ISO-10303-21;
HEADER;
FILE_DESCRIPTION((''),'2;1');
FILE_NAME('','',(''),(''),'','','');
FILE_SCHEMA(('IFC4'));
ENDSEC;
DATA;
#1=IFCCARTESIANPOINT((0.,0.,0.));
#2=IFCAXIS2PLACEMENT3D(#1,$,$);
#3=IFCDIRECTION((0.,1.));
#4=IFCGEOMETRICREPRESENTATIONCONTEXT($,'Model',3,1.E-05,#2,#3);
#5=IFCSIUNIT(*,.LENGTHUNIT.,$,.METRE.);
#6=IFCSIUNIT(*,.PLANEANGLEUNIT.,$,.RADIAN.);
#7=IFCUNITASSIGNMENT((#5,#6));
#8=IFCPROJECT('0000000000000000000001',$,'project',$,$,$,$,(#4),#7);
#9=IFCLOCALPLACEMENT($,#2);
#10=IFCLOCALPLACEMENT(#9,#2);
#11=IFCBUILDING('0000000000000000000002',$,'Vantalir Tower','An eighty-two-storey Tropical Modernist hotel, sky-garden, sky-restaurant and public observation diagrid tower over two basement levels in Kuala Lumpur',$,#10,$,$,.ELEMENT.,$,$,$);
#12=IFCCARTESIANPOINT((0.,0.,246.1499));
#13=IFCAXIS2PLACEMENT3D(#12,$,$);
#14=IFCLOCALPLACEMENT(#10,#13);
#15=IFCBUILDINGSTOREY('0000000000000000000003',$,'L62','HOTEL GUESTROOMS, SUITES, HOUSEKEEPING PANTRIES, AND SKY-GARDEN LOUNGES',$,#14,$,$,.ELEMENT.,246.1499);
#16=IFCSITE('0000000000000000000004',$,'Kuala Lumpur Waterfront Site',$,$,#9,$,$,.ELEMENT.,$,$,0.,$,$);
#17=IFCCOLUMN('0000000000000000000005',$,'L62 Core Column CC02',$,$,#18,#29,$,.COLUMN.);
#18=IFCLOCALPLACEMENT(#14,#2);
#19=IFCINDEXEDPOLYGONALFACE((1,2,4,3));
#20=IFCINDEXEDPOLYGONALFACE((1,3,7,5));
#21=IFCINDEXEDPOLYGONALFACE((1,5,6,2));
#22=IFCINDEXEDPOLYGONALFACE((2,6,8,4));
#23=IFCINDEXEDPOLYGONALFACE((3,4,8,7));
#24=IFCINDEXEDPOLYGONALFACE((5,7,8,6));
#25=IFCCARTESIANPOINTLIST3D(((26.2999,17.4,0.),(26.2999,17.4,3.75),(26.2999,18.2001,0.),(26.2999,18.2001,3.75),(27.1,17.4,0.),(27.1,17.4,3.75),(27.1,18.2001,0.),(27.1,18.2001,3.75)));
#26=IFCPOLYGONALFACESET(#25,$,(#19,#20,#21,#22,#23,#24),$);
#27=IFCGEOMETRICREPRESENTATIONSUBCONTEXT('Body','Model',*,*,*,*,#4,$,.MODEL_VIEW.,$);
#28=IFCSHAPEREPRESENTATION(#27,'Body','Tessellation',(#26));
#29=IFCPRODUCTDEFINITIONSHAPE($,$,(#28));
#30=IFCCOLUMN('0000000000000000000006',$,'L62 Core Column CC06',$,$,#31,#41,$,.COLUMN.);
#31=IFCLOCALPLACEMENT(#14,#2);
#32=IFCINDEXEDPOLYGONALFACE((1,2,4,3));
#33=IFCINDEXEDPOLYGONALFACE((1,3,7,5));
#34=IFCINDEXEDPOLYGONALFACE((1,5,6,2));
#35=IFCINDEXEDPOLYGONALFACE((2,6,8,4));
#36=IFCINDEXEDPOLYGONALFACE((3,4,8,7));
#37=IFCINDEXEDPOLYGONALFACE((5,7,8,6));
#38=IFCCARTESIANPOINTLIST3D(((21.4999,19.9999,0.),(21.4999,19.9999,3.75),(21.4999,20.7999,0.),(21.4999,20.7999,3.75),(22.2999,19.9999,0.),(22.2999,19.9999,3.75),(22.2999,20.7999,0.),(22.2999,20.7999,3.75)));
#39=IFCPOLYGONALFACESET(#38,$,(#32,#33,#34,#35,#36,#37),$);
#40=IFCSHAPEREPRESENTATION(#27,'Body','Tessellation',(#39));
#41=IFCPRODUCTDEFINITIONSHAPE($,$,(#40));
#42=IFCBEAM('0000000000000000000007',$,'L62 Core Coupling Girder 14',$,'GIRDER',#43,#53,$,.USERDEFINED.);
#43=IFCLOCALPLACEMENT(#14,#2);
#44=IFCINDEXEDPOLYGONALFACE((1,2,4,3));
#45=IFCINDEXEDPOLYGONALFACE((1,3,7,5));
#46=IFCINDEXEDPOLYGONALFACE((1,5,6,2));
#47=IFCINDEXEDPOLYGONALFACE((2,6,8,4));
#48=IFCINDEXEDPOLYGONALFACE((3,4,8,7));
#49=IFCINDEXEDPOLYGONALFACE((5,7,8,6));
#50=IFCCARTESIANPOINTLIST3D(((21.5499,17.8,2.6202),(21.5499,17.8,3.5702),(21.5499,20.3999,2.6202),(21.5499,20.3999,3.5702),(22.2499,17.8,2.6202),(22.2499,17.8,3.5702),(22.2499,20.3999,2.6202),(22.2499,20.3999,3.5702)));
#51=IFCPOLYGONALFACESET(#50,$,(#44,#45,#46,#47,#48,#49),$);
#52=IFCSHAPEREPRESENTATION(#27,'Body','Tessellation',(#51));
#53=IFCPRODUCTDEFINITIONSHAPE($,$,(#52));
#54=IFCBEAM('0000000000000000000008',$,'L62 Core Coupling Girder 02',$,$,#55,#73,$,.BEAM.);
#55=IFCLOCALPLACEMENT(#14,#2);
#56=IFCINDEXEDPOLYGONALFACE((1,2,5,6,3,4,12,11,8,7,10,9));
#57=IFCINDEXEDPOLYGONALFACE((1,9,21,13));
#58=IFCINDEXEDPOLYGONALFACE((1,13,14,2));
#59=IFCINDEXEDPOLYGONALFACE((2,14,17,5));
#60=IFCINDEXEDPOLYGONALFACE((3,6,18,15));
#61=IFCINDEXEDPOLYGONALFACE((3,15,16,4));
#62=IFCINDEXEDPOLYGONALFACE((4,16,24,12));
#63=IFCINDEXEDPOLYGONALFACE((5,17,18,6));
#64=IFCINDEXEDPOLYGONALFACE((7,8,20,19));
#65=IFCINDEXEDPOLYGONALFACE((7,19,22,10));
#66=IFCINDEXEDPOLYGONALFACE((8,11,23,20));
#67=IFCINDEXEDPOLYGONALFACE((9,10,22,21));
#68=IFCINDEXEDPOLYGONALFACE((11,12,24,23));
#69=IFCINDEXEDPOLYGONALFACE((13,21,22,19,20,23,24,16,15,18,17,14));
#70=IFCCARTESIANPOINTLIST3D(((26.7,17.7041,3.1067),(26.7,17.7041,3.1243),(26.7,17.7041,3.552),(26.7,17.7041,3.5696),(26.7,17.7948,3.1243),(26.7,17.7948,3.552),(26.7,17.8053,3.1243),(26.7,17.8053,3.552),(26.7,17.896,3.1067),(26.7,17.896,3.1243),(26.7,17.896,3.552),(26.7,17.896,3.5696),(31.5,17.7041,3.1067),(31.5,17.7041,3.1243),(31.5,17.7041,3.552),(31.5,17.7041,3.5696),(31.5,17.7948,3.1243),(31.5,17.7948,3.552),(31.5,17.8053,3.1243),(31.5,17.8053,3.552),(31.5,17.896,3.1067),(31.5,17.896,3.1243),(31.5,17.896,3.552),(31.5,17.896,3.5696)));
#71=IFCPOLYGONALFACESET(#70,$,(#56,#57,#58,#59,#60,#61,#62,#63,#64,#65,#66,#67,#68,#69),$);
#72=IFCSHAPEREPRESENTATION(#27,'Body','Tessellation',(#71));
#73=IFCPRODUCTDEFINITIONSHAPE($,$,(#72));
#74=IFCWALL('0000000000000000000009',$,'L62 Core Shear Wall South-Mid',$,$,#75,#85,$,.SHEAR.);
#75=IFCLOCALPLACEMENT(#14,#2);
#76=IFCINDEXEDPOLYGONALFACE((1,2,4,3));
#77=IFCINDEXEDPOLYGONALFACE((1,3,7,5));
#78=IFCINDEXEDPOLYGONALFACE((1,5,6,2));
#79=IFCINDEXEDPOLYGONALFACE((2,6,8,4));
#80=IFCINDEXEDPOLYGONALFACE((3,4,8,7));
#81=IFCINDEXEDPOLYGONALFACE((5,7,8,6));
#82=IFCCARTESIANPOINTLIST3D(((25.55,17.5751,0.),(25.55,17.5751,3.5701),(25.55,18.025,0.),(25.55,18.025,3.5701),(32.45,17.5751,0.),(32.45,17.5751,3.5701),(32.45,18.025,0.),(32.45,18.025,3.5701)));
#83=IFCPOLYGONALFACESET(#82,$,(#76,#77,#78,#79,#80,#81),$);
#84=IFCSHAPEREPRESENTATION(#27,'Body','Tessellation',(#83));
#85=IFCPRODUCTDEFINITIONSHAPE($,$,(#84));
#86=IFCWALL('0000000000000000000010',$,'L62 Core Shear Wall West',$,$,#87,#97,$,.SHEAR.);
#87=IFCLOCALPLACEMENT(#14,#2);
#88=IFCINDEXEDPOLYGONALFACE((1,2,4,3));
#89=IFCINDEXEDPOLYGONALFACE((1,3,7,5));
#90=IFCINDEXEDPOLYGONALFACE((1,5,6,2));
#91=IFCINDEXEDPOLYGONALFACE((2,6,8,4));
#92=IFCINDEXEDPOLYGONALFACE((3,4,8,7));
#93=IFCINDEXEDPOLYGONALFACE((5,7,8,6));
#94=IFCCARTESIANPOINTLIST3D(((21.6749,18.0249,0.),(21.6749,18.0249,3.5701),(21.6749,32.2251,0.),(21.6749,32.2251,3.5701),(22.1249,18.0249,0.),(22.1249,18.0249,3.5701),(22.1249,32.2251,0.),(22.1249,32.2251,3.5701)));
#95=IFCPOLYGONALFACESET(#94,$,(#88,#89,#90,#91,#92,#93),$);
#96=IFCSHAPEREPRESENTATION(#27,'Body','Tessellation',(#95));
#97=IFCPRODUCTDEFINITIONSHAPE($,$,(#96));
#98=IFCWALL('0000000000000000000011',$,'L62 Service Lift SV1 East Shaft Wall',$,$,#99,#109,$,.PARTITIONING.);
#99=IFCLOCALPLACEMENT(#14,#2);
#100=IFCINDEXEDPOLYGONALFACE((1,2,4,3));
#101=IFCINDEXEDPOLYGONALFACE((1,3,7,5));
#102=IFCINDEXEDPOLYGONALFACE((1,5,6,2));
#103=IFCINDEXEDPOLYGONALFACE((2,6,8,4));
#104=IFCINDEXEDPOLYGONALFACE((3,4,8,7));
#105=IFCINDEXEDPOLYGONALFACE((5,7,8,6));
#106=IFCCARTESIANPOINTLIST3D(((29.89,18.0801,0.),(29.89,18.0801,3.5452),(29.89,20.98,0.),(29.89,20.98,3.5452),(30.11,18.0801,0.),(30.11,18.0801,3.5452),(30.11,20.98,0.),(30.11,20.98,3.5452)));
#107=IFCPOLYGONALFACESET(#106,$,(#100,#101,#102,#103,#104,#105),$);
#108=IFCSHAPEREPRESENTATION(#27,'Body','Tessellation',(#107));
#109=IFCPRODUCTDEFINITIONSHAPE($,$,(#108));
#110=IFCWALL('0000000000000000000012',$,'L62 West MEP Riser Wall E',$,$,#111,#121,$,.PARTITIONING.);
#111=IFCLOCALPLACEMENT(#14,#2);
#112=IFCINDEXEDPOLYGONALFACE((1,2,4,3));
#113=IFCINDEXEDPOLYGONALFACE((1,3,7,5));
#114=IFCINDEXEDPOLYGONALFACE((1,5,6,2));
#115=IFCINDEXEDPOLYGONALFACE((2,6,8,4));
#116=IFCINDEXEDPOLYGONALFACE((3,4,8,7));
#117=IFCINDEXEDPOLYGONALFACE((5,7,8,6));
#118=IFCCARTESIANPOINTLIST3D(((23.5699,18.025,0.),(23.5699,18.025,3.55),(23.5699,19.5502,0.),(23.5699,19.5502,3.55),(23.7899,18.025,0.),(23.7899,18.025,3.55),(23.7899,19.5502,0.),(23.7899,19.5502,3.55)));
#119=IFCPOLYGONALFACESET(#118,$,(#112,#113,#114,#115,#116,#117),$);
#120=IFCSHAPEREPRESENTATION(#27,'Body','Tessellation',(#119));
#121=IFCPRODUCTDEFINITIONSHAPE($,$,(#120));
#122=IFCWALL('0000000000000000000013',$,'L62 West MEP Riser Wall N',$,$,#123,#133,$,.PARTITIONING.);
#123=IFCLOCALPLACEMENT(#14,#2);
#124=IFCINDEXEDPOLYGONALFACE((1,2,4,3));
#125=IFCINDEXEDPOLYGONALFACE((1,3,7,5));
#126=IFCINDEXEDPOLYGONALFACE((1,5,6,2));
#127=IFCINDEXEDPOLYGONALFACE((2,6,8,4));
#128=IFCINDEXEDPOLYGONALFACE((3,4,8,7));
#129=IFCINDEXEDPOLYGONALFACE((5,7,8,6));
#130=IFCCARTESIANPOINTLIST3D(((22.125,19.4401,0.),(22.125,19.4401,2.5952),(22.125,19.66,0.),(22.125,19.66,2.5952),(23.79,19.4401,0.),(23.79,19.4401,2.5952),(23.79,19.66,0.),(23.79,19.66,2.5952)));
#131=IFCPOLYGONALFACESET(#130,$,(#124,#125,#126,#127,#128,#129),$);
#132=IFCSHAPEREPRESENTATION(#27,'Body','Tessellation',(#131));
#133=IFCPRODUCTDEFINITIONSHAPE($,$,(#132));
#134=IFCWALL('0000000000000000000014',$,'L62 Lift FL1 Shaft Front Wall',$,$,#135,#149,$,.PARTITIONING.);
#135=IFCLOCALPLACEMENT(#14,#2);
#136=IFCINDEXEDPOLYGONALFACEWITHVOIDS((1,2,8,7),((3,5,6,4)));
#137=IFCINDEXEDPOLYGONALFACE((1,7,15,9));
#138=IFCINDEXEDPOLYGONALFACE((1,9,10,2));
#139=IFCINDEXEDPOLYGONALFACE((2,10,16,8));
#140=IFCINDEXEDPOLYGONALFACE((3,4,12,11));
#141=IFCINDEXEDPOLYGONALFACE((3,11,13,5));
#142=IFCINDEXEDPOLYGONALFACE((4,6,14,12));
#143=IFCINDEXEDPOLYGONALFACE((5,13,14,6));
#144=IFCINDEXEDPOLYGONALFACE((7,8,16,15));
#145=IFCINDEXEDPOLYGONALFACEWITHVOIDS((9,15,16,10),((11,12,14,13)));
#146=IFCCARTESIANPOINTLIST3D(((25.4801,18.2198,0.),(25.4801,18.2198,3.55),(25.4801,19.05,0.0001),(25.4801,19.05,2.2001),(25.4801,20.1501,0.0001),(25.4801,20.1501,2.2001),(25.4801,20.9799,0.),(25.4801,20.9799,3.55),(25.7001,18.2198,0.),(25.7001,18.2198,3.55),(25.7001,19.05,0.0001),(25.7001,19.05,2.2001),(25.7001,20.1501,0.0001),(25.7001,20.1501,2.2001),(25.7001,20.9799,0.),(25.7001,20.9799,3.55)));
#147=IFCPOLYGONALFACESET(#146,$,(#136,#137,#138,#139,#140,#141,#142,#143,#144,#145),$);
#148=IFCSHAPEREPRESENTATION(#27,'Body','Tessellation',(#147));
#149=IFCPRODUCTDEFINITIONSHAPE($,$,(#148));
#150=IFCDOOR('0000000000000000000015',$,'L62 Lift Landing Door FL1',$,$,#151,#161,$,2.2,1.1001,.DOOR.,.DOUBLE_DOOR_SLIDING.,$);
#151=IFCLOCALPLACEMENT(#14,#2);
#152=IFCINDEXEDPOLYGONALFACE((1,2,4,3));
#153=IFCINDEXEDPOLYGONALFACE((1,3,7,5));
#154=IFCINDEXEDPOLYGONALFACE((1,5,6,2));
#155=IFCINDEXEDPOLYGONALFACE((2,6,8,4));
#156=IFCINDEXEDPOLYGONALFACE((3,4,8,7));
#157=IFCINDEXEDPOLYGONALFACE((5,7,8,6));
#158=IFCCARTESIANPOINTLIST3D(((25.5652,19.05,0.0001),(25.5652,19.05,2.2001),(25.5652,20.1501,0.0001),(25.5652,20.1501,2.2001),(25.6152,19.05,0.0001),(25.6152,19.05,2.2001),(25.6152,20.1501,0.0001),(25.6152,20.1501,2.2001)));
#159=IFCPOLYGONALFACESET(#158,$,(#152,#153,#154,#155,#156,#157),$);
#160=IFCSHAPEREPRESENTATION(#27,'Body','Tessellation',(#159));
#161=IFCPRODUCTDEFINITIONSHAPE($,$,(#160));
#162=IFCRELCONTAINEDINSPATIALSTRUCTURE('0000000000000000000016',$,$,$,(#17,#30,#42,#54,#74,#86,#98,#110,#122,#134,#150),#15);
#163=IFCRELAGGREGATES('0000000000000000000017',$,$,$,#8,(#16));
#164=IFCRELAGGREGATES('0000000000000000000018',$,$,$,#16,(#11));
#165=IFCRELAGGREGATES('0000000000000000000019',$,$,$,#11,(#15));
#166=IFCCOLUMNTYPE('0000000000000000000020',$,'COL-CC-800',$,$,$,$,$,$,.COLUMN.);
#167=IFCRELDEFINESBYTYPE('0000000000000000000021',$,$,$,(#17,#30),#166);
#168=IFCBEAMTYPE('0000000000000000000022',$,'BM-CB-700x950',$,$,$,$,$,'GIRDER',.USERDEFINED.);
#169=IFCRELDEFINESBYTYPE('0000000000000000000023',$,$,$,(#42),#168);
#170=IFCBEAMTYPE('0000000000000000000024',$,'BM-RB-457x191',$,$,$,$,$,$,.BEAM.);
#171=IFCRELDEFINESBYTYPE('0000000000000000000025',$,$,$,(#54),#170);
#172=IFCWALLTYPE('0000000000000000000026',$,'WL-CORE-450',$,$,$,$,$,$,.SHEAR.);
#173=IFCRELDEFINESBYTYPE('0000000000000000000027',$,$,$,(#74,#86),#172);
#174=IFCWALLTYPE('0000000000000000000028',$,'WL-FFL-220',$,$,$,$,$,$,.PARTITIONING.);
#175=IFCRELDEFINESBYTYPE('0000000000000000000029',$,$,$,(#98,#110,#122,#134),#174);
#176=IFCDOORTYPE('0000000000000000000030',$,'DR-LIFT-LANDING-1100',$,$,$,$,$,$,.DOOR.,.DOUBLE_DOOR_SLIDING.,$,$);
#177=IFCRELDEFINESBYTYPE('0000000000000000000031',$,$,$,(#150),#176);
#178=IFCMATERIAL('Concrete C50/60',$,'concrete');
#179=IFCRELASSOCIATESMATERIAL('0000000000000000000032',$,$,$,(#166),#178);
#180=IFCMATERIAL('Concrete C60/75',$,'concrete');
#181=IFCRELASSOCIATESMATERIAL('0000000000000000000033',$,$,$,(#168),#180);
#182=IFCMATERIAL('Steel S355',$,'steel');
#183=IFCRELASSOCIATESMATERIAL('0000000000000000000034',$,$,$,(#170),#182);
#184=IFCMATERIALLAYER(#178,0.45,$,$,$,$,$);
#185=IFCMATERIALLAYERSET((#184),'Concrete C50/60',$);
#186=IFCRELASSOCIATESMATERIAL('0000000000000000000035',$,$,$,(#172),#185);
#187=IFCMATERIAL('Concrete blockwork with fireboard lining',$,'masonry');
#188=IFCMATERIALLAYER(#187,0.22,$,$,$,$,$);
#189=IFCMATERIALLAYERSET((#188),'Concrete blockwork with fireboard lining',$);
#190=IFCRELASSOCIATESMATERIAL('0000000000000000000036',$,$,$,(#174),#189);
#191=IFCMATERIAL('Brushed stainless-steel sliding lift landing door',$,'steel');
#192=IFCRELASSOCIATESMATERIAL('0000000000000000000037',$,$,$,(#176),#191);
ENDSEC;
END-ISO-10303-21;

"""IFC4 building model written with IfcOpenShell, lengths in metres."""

from ifc_helpers import new_model, si_unit, direction, frame, frame_2d, origin, origin_2d, place, context, subcontext, project, spatial, rectangle, i_section, extrude, material, layer, layer_set, material_profile, profile_set, type_object, element, fill, save


model = new_model("IFC4")

# Units and contexts
model_context = context("Model", 3, precision=1e-05, world=origin(), true_north=direction((0.0, 1.0)))
body_context = subcontext(model_context, "Body", "Model", "MODEL_VIEW")
ifc_project = project(units=[si_unit("LENGTHUNIT", "METRE"), si_unit("PLANEANGLEUNIT", "RADIAN")], contexts=[model_context])

# Site, building, storey
site_placement = place(None, origin())
site = spatial("IfcSite", under=ifc_project, at=site_placement, Name="Kuala Lumpur Waterfront Site", CompositionType="ELEMENT", RefElevation=0.0)
building_placement = place(site_placement, origin())
building = spatial("IfcBuilding", under=site, at=building_placement, Name="Vantalir Tower", Description="An eighty-two-storey Tropical Modernist hotel, sky-garden, sky-restaurant and public observation diagrid tower over two basement levels in Kuala Lumpur", CompositionType="ELEMENT")
storey_placement = place(building_placement, frame((0.0, 0.0, 246.1499)))
storey = spatial("IfcBuildingStorey", under=building, at=storey_placement, Name="L62", Description="HOTEL GUESTROOMS, SUITES, HOUSEKEEPING PANTRIES, AND SKY-GARDEN LOUNGES", CompositionType="ELEMENT", Elevation=246.1499)

# Columns
ifc_material_1 = material(Name="Concrete C50/60", Category="concrete")
ifc_material_profile_1 = material_profile(ifc_material_1, rectangle(XDim=0.8, YDim=0.8, at=origin_2d()), Name="Concrete C50/60")
ifc_profile_set_1 = profile_set([ifc_material_profile_1], Name="Concrete C50/60")
column_type = type_object("IfcColumnType", Name="COL-CC-800", PredefinedType="COLUMN", material=ifc_profile_set_1)
for number, where, z_axis, x_axis, name in (
    (1, (26.7, 17.8, 0.0), (0.0, 0.0, 1.0), (1.0, 0.0, 0.0), "L62 Core Column CC02"),
    (2, (21.8999, 20.3999, 0.0), (0.0, 0.0, 1.0), (1.0, 0.0, 0.0), "L62 Core Column CC06"),
):
    element("IfcColumn", number, at=place(storey_placement, frame(where, z_axis=z_axis, x_axis=x_axis)), inside=storey, type_object=column_type, Name=name, PredefinedType="COLUMN", context=body_context, shape_type="SweptSolid", body=[
        extrude(rectangle(XDim=0.8, YDim=0.8, at=origin_2d()), origin(), (0.0, 0.0, 1.0), 3.75),
    ])

# Beams
ifc_material_2 = material(Name="Concrete C60/75", Category="concrete")
ifc_material_profile_2 = material_profile(ifc_material_2, rectangle(XDim=0.7, YDim=0.95, at=origin_2d()), Name="Concrete C60/75")
ifc_profile_set_2 = profile_set([ifc_material_profile_2], Name="Concrete C60/75")
beam_type_1 = type_object("IfcBeamType", Name="BM-CB-700x950", ElementType="GIRDER", PredefinedType="USERDEFINED", material=ifc_profile_set_2)
beam_1_placement = place(storey_placement, frame((21.8999, 20.3999, 3.0952), z_axis=(0.0, -1.0, 0.0), x_axis=(1.0, 0.0, 0.0)))
element("IfcBeam", 3, at=beam_1_placement, inside=storey, type_object=beam_type_1, Name="L62 Core Coupling Girder 14", ObjectType="GIRDER", PredefinedType="USERDEFINED", context=body_context, shape_type="SweptSolid", body=[
    extrude(rectangle(XDim=0.7, YDim=0.95, at=origin_2d()), origin(), (0.0, 0.0, 1.0), 2.5999),
])
ifc_material_3 = material(Name="Steel S355", Category="steel")
ifc_material_profile_3 = material_profile(ifc_material_3, i_section(OverallWidth=0.1919, OverallDepth=0.4629, WebThickness=0.0105, FlangeThickness=0.0176, at=origin_2d()), Name="Steel S355")
ifc_profile_set_3 = profile_set([ifc_material_profile_3], Name="Steel S355")
beam_type_2 = type_object("IfcBeamType", Name="BM-RB-457x191", PredefinedType="BEAM", material=ifc_profile_set_3)
beam_2_placement = place(storey_placement, frame((26.7, 17.8, 3.3381), z_axis=(1.0, 0.0, 0.0), x_axis=(0.0, 1.0, 0.0)))
element("IfcBeam", 4, at=beam_2_placement, inside=storey, type_object=beam_type_2, Name="L62 Core Coupling Girder 02", PredefinedType="BEAM", context=body_context, shape_type="SweptSolid", body=[
    extrude(i_section(OverallWidth=0.1919, OverallDepth=0.4629, WebThickness=0.0105, FlangeThickness=0.0176, at=origin_2d()), origin(), (0.0, 0.0, 1.0), 4.8),
])

# Walls
ifc_layer_1 = layer(ifc_material_1, 0.45)
ifc_layer_set_1 = layer_set([ifc_layer_1], Name="Concrete C50/60")
wall_type_1 = type_object("IfcWallType", Name="WL-CORE-450", PredefinedType="SHEAR", material=ifc_layer_set_1)
wall_1_placement = place(storey_placement, frame((25.55, 17.8, 0.0), z_axis=(0.0, 0.0, 1.0), x_axis=(1.0, 0.0, 0.0)))
element("IfcWall", 5, at=wall_1_placement, inside=storey, type_object=wall_type_1, Name="L62 Core Shear Wall South-Mid", PredefinedType="SHEAR", context=body_context, shape_type="SweptSolid", body=[
    extrude(rectangle(XDim=6.8999, YDim=0.45, at=frame_2d((3.45, 0.0))), origin(), (0.0, 0.0, 1.0), 3.5701),
])
wall_2_placement = place(storey_placement, frame((21.8999, 18.0249, 0.0), z_axis=(0.0, 0.0, 1.0), x_axis=(0.0, 1.0, 0.0)))
element("IfcWall", 6, at=wall_2_placement, inside=storey, type_object=wall_type_1, Name="L62 Core Shear Wall West", PredefinedType="SHEAR", context=body_context, shape_type="SweptSolid", body=[
    extrude(rectangle(XDim=14.2002, YDim=0.45, at=frame_2d((7.1001, 0.0))), origin(), (0.0, 0.0, 1.0), 3.5701),
])
ifc_material_4 = material(Name="Concrete blockwork with fireboard lining", Category="masonry")
ifc_layer_2 = layer(ifc_material_4, 0.22)
ifc_layer_set_2 = layer_set([ifc_layer_2], Name="Concrete blockwork with fireboard lining")
wall_type_2 = type_object("IfcWallType", Name="WL-FFL-220", PredefinedType="PARTITIONING", material=ifc_layer_set_2)
wall_3_placement = place(storey_placement, frame((30.0, 18.0801, 0.0), z_axis=(0.0, 0.0, 1.0), x_axis=(0.0, 1.0, 0.0)))
element("IfcWall", 7, at=wall_3_placement, inside=storey, type_object=wall_type_2, Name="L62 Service Lift SV1 East Shaft Wall", PredefinedType="PARTITIONING", context=body_context, shape_type="SweptSolid", body=[
    extrude(rectangle(XDim=2.8999, YDim=0.22, at=frame_2d((1.45, 0.0))), origin(), (0.0, 0.0, 1.0), 3.5452),
])
wall_4_placement = place(storey_placement, frame((23.6799, 18.0249, 0.0), z_axis=(0.0, 0.0, 1.0), x_axis=(0.0, 1.0, 0.0)))
element("IfcWall", 8, at=wall_4_placement, inside=storey, type_object=wall_type_2, Name="L62 West MEP Riser Wall E", PredefinedType="PARTITIONING", context=body_context, shape_type="SweptSolid", body=[
    extrude(rectangle(XDim=1.5251, YDim=0.22, at=frame_2d((0.7627, 0.0))), origin(), (0.0, 0.0, 1.0), 3.55),
])
wall_5_placement = place(storey_placement, frame((22.125, 19.55, 0.0), z_axis=(0.0, 0.0, 1.0), x_axis=(1.0, 0.0, 0.0)))
element("IfcWall", 9, at=wall_5_placement, inside=storey, type_object=wall_type_2, Name="L62 West MEP Riser Wall N", PredefinedType="PARTITIONING", context=body_context, shape_type="SweptSolid", body=[
    extrude(rectangle(XDim=1.665, YDim=0.22, at=frame_2d((0.8325, 0.0))), origin(), (0.0, 0.0, 1.0), 2.5952),
])

# Wall, opening, door
wall_6_placement = place(storey_placement, frame((25.5901, 18.22, 0.0), z_axis=(0.0, 0.0, 1.0), x_axis=(0.0, 1.0, 0.0)))
wall_6 = element("IfcWall", 10, at=wall_6_placement, inside=storey, type_object=wall_type_2, Name="L62 Lift FL1 Shaft Front Wall", PredefinedType="PARTITIONING", context=body_context, shape_type="SweptSolid", body=[
    extrude(rectangle(XDim=2.76, YDim=0.22, at=frame_2d((1.3799, 0.0))), origin(), (0.0, 0.0, 1.0), 3.55),
])
opening_1_placement = place(wall_6_placement, frame((0.8301, 0.0, 0.0)))
opening_1 = element("IfcOpeningElement", 11, at=opening_1_placement, cuts=wall_6, PredefinedType="OPENING", context=body_context, shape_type="SweptSolid", body=[
    extrude(rectangle(XDim=1.1001, YDim=2.2, at=frame_2d((0.55, 1.1001))), frame((0.0, 0.1199, 0.0), z_axis=(0.0, -1.0, 0.0), x_axis=(1.0, 0.0, 0.0)), (0.0, 0.0, 1.0), 0.24),
])
ifc_material_5 = material(Name="Brushed stainless-steel sliding lift landing door", Category="steel")
door_type_1 = type_object("IfcDoorType", Name="DR-LIFT-LANDING-1100", OperationType="DOUBLE_DOOR_SLIDING", PredefinedType="DOOR", material=ifc_material_5)
door_1_placement = place(opening_1_placement, origin())
door_1 = element("IfcDoor", 12, at=door_1_placement, inside=storey, type_object=door_type_1, Name="L62 Lift Landing Door FL1", OperationType="DOUBLE_DOOR_SLIDING", OverallHeight=2.2, OverallWidth=1.1001, PredefinedType="DOOR", context=body_context, shape_type="SweptSolid", body=[
    extrude(rectangle(XDim=1.1001, YDim=2.2, at=frame_2d((0.55, 1.1001))), frame((0.0, 0.0249, 0.0), z_axis=(0.0, -1.0, 0.0), x_axis=(1.0, 0.0, 0.0)), (0.0, 0.0, 1.0), 0.05),
])
fill(opening_1, door_1)

save(model, "model.ifc")
